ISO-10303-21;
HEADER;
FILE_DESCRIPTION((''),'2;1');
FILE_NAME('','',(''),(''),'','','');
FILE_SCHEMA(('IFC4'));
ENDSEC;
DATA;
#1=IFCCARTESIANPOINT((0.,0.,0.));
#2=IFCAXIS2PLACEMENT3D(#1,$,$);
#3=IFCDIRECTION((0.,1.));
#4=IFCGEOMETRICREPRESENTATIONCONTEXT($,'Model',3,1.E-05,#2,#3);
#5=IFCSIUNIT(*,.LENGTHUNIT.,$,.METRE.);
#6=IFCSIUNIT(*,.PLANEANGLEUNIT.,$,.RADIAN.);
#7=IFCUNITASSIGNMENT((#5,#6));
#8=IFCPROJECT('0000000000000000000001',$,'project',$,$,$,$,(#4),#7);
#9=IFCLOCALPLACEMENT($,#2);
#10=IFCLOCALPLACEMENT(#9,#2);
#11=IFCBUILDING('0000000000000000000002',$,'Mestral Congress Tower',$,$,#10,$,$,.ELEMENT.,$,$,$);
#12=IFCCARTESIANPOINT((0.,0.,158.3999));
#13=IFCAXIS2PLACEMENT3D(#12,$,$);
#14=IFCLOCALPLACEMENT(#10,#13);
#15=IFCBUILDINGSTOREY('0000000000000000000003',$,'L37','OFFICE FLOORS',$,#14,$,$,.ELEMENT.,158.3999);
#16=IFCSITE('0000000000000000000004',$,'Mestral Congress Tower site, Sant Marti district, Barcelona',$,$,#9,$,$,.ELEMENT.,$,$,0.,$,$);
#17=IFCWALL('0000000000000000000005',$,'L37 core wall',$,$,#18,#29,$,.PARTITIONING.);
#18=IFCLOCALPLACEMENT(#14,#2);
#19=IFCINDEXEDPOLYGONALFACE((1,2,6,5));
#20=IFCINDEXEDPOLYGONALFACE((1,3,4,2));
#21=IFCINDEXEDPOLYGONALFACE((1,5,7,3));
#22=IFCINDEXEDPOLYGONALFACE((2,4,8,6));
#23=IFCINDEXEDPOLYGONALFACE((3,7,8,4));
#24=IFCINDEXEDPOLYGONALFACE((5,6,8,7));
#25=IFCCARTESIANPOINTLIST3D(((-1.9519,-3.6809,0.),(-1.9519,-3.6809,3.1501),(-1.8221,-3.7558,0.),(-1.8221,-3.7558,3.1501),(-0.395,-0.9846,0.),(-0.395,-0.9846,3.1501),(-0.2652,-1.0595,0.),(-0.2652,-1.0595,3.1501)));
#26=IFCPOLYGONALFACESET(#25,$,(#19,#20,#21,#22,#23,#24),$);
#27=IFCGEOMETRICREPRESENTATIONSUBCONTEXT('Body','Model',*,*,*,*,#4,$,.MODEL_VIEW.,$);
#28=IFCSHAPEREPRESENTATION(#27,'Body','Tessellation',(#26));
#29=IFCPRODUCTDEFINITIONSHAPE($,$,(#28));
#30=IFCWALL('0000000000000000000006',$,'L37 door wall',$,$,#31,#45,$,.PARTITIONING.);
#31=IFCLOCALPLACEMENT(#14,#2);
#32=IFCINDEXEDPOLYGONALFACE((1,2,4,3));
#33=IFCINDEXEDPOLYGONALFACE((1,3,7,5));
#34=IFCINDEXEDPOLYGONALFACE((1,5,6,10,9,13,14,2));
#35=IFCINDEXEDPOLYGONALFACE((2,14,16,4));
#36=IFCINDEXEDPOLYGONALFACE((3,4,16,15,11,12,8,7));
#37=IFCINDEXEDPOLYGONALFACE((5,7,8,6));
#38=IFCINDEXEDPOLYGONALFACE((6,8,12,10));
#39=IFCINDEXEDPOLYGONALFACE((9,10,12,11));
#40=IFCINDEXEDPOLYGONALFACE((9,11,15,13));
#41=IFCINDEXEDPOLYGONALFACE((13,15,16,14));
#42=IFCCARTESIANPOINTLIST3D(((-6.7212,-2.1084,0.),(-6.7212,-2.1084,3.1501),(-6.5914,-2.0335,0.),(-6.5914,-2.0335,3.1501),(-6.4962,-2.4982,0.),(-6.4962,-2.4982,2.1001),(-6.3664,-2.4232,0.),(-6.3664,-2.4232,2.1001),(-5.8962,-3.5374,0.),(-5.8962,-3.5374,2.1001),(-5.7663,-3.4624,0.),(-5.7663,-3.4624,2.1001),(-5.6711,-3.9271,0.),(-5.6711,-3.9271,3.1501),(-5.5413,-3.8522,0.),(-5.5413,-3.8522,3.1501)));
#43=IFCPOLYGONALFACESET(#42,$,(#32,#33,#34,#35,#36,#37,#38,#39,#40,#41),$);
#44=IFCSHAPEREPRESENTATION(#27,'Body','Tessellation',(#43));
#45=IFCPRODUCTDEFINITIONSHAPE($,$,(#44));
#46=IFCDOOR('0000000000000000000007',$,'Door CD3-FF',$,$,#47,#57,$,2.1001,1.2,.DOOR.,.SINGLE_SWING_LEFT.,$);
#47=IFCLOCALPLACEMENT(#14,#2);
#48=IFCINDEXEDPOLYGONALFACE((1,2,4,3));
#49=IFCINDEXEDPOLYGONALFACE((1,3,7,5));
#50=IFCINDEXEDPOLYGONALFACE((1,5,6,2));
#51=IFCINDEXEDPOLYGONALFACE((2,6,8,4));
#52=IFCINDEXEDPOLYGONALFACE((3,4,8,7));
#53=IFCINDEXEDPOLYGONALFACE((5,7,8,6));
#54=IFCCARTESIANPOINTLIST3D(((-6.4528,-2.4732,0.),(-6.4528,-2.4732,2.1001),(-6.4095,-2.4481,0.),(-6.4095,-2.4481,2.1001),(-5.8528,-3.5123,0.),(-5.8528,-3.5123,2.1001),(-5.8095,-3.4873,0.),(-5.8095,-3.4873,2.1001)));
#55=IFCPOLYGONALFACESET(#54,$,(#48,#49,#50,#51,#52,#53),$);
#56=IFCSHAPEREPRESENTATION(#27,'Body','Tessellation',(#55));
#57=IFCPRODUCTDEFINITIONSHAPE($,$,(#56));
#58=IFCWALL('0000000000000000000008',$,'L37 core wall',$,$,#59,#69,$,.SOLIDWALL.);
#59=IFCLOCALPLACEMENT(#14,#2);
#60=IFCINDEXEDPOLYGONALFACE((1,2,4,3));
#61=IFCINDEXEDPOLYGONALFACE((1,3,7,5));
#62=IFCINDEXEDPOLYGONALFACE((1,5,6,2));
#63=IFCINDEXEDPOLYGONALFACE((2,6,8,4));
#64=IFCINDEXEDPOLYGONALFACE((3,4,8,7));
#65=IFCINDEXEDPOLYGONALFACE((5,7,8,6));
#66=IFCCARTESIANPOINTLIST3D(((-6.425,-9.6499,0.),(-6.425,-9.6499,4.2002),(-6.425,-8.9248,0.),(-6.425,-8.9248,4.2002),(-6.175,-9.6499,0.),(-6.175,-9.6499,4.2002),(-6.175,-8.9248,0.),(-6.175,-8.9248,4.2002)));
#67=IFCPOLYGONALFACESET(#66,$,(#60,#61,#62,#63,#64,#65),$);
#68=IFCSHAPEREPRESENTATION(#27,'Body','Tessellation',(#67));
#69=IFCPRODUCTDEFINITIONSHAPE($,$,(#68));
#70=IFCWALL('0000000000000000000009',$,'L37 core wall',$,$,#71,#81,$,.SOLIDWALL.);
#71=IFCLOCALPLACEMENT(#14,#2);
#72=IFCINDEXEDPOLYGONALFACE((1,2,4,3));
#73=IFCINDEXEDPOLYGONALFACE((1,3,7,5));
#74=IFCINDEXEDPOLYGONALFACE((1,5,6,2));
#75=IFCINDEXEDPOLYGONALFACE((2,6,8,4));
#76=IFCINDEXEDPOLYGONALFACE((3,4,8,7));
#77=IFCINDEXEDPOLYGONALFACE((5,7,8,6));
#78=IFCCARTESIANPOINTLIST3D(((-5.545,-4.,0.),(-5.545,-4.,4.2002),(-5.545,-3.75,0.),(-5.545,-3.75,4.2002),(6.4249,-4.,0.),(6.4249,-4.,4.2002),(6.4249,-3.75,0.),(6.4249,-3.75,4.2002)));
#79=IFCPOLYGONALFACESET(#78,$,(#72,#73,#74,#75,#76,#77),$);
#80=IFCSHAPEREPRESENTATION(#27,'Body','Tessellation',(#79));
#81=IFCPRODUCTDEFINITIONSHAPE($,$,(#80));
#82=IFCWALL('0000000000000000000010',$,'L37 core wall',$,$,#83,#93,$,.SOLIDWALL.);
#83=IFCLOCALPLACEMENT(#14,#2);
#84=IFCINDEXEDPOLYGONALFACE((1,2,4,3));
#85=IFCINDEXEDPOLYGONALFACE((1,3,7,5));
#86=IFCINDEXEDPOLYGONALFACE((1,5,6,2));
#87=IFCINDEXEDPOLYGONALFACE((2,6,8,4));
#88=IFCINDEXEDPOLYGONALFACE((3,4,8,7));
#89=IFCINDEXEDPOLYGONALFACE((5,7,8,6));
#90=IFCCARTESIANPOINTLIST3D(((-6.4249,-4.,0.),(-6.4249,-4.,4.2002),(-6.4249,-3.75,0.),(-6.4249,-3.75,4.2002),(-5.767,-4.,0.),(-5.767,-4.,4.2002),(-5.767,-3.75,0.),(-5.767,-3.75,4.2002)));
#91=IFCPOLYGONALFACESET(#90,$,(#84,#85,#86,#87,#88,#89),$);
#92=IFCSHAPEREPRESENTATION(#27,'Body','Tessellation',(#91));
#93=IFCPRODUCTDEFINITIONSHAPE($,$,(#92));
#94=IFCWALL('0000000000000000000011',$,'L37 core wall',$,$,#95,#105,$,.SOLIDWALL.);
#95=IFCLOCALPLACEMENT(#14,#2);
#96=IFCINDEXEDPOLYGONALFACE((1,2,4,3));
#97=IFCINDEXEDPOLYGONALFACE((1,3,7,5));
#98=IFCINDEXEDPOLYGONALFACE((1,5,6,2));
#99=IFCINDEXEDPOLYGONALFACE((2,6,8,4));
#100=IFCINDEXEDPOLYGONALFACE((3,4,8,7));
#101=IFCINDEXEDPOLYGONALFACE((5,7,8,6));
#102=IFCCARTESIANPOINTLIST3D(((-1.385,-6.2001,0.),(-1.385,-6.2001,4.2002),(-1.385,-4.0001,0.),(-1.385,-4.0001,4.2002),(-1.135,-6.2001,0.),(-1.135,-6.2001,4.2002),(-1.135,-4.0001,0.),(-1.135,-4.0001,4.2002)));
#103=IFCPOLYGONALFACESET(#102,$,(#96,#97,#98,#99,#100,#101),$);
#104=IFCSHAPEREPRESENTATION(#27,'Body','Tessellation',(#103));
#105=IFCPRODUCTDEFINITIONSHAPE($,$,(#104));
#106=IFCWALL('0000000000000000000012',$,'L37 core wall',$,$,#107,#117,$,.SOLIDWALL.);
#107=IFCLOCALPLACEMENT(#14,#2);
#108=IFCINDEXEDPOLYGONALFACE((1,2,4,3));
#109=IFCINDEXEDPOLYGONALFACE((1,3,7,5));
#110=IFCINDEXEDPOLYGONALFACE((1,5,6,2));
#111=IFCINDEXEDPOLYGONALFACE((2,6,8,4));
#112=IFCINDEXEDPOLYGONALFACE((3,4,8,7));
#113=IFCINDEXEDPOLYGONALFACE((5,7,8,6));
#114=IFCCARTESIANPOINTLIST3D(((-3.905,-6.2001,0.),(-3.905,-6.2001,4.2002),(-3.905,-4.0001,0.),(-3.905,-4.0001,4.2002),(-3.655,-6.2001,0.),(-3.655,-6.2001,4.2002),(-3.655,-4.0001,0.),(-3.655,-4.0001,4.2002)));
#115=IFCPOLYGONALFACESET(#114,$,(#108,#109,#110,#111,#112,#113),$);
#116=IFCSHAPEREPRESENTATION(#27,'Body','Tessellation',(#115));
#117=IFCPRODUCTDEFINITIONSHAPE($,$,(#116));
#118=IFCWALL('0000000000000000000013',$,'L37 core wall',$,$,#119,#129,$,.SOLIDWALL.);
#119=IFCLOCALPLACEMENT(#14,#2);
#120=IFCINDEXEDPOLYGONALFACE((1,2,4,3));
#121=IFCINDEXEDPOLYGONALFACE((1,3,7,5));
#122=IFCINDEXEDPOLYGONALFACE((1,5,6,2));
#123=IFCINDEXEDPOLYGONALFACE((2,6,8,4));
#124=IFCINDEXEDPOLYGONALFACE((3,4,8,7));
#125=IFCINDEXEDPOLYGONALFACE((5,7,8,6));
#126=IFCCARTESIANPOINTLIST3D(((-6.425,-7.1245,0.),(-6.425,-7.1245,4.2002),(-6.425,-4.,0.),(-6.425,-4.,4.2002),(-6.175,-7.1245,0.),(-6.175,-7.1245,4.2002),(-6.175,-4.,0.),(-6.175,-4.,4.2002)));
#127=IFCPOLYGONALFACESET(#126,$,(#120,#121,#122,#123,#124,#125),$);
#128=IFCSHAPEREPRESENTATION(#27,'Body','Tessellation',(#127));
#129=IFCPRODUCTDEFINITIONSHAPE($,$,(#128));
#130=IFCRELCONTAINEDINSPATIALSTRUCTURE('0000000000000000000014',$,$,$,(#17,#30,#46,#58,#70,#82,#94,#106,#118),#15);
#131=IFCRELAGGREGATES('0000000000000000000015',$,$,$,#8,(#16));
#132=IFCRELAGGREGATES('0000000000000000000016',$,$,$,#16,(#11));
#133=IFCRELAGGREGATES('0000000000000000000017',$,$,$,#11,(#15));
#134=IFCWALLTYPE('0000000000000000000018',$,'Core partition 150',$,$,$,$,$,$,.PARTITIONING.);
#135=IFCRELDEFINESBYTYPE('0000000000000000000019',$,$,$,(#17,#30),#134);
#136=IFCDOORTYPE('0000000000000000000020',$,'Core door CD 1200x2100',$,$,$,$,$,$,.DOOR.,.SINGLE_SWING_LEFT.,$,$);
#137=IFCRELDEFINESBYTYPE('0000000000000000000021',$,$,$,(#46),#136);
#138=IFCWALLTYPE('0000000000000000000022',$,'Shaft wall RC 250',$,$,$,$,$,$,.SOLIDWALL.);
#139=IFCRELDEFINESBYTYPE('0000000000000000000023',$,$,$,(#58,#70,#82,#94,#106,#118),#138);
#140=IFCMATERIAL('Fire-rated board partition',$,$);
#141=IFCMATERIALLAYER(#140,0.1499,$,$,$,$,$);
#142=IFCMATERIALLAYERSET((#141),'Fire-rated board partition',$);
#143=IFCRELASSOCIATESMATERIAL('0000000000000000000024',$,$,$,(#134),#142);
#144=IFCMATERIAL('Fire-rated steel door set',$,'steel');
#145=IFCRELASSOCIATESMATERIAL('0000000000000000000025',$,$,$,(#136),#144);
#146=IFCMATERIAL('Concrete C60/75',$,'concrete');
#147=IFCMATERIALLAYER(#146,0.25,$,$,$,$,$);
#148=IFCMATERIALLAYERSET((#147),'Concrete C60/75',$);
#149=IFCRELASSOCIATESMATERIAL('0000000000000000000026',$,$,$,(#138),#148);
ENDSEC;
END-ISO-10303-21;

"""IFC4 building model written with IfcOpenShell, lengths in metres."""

from ifc_helpers import new_model, si_unit, direction, frame, frame_2d, origin, place, context, subcontext, project, spatial, rectangle, extrude, material, layer, layer_set, type_object, element, fill, save


model = new_model("IFC4")

# Units and contexts
model_context = context("Model", 3, precision=1e-05, world=origin(), true_north=direction((0.0, 1.0)))
body_context = subcontext(model_context, "Body", "Model", "MODEL_VIEW")
ifc_project = project(units=[si_unit("LENGTHUNIT", "METRE"), si_unit("PLANEANGLEUNIT", "RADIAN")], contexts=[model_context])

# Site, building, storey
site_placement = place(None, origin())
site = spatial("IfcSite", under=ifc_project, at=site_placement, Name="Mestral Congress Tower site, Sant Marti district, Barcelona", CompositionType="ELEMENT", RefElevation=0.0)
building_placement = place(site_placement, origin())
building = spatial("IfcBuilding", under=site, at=building_placement, Name="Mestral Congress Tower", CompositionType="ELEMENT")
storey_placement = place(building_placement, frame((0.0, 0.0, 158.3999)))
storey = spatial("IfcBuildingStorey", under=building, at=storey_placement, Name="L37", Description="OFFICE FLOORS", CompositionType="ELEMENT", Elevation=158.3999)

# Wall
ifc_material_1 = material(Name="Fire-rated board partition")
ifc_layer_1 = layer(ifc_material_1, 0.1499)
ifc_layer_set_1 = layer_set([ifc_layer_1], Name="Fire-rated board partition")
wall_type_1 = type_object("IfcWallType", Name="Core partition 150", PredefinedType="PARTITIONING", material=ifc_layer_set_1)
wall_1_placement = place(storey_placement, frame((-1.887, -3.7183, 0.0), z_axis=(0.0, 0.0, 1.0), x_axis=(0.500044, 0.866, 0.0)))
element("IfcWall", 1, at=wall_1_placement, inside=storey, type_object=wall_type_1, Name="L37 core wall", PredefinedType="PARTITIONING", context=body_context, shape_type="SweptSolid", body=[
    extrude(rectangle(XDim=3.1135, YDim=0.1499, at=frame_2d((1.5566, 0.0))), origin(), (0.0, 0.0, 1.0), 3.1501),
])

# Wall, opening, door
wall_2_placement = place(storey_placement, frame((-5.6062, -3.8896, 0.0), z_axis=(0.0, 0.0, 1.0), x_axis=(-0.500028, 0.866009, 0.0)))
wall_2 = element("IfcWall", 2, at=wall_2_placement, inside=storey, type_object=wall_type_1, Name="L37 door wall", PredefinedType="PARTITIONING", context=body_context, shape_type="SweptSolid", body=[
    extrude(rectangle(XDim=2.1001, YDim=0.1499, at=frame_2d((1.05, 0.0))), origin(), (0.0, 0.0, 1.0), 3.1501),
])
opening_1_placement = place(wall_2_placement, frame((0.45, 0.0, 0.0)))
opening_1 = element("IfcOpeningElement", 3, at=opening_1_placement, cuts=wall_2, PredefinedType="OPENING", context=body_context, shape_type="SweptSolid", body=[
    extrude(rectangle(XDim=1.2, YDim=2.1001, at=frame_2d((0.6001, 1.05))), frame((0.0, 0.085, 0.0), z_axis=(0.0, -1.0, 0.0), x_axis=(1.0, 0.0, 0.0)), (0.0, 0.0, 1.0), 0.1699),
])
ifc_material_2 = material(Name="Fire-rated steel door set", Category="steel")
door_type_1 = type_object("IfcDoorType", Name="Core door CD 1200x2100", OperationType="SINGLE_SWING_LEFT", PredefinedType="DOOR", material=ifc_material_2)
door_1_placement = place(opening_1_placement, origin())
door_1 = element("IfcDoor", 4, at=door_1_placement, inside=storey, type_object=door_type_1, Name="Door CD3-FF", OperationType="SINGLE_SWING_LEFT", OverallHeight=2.1001, OverallWidth=1.2, PredefinedType="DOOR", context=body_context, shape_type="SweptSolid", body=[
    extrude(rectangle(XDim=1.2, YDim=2.1001, at=frame_2d((0.6001, 1.05))), frame((0.0, 0.0249, 0.0), z_axis=(0.0, -1.0, 0.0), x_axis=(1.0, 0.0, 0.0)), (0.0, 0.0, 1.0), 0.05),
])
fill(opening_1, door_1)

# Walls
ifc_material_3 = material(Name="Concrete C60/75", Category="concrete")
ifc_layer_2 = layer(ifc_material_3, 0.25)
ifc_layer_set_2 = layer_set([ifc_layer_2], Name="Concrete C60/75")
wall_type_2 = type_object("IfcWallType", Name="Shaft wall RC 250", PredefinedType="SOLIDWALL", material=ifc_layer_set_2)
wall_3_placement = place(storey_placement, frame((-6.3, -8.9248, 0.0), z_axis=(0.0, 0.0, 1.0), x_axis=(0.0, -1.0, 0.0)))
element("IfcWall", 5, at=wall_3_placement, inside=storey, type_object=wall_type_2, Name="L37 core wall", PredefinedType="SOLIDWALL", context=body_context, shape_type="SweptSolid", body=[
    extrude(rectangle(XDim=0.7251, YDim=0.25, at=frame_2d((0.3625, 0.0))), origin(), (0.0, 0.0, 1.0), 4.2002),
])
wall_4_placement = place(storey_placement, frame((-5.5449, -3.875, 0.0), z_axis=(0.0, 0.0, 1.0), x_axis=(1.0, 0.0, 0.0)))
element("IfcWall", 6, at=wall_4_placement, inside=storey, type_object=wall_type_2, Name="L37 core wall", PredefinedType="SOLIDWALL", context=body_context, shape_type="SweptSolid", body=[
    extrude(rectangle(XDim=11.97, YDim=0.25, at=frame_2d((5.9849, 0.0))), origin(), (0.0, 0.0, 1.0), 4.2002),
])
wall_5_placement = place(storey_placement, frame((-6.425, -3.875, 0.0), z_axis=(0.0, 0.0, 1.0), x_axis=(1.0, 0.0, 0.0)))
element("IfcWall", 7, at=wall_5_placement, inside=storey, type_object=wall_type_2, Name="L37 core wall", PredefinedType="SOLIDWALL", context=body_context, shape_type="SweptSolid", body=[
    extrude(rectangle(XDim=0.658, YDim=0.25, at=frame_2d((0.3291, 0.0))), origin(), (0.0, 0.0, 1.0), 4.2002),
])
for number, where, z_axis, x_axis, name in (
    (8, (-1.26, -4.0, 0.0), (0.0, 0.0, 1.0), (0.0, -1.0, 0.0), "L37 core wall"),
    (9, (-3.78, -4.0, 0.0), (0.0, 0.0, 1.0), (0.0, -1.0, 0.0), "L37 core wall"),
):
    element("IfcWall", number, at=place(storey_placement, frame(where, z_axis=z_axis, x_axis=x_axis)), inside=storey, type_object=wall_type_2, Name=name, PredefinedType="SOLIDWALL", context=body_context, shape_type="SweptSolid", body=[
        extrude(rectangle(XDim=2.2, YDim=0.25, at=frame_2d((1.1001, 0.0))), origin(), (0.0, 0.0, 1.0), 4.2002),
    ])
wall_6_placement = place(storey_placement, frame((-6.3, -7.1245, 0.0), z_axis=(0.0, 0.0, 1.0), x_axis=(0.0, 1.0, 0.0)))
element("IfcWall", 10, at=wall_6_placement, inside=storey, type_object=wall_type_2, Name="L37 core wall", PredefinedType="SOLIDWALL", context=body_context, shape_type="SweptSolid", body=[
    extrude(rectangle(XDim=3.1245, YDim=0.25, at=frame_2d((1.5623, 0.0))), origin(), (0.0, 0.0, 1.0), 4.2002),
])

save(model, "model.ifc")
